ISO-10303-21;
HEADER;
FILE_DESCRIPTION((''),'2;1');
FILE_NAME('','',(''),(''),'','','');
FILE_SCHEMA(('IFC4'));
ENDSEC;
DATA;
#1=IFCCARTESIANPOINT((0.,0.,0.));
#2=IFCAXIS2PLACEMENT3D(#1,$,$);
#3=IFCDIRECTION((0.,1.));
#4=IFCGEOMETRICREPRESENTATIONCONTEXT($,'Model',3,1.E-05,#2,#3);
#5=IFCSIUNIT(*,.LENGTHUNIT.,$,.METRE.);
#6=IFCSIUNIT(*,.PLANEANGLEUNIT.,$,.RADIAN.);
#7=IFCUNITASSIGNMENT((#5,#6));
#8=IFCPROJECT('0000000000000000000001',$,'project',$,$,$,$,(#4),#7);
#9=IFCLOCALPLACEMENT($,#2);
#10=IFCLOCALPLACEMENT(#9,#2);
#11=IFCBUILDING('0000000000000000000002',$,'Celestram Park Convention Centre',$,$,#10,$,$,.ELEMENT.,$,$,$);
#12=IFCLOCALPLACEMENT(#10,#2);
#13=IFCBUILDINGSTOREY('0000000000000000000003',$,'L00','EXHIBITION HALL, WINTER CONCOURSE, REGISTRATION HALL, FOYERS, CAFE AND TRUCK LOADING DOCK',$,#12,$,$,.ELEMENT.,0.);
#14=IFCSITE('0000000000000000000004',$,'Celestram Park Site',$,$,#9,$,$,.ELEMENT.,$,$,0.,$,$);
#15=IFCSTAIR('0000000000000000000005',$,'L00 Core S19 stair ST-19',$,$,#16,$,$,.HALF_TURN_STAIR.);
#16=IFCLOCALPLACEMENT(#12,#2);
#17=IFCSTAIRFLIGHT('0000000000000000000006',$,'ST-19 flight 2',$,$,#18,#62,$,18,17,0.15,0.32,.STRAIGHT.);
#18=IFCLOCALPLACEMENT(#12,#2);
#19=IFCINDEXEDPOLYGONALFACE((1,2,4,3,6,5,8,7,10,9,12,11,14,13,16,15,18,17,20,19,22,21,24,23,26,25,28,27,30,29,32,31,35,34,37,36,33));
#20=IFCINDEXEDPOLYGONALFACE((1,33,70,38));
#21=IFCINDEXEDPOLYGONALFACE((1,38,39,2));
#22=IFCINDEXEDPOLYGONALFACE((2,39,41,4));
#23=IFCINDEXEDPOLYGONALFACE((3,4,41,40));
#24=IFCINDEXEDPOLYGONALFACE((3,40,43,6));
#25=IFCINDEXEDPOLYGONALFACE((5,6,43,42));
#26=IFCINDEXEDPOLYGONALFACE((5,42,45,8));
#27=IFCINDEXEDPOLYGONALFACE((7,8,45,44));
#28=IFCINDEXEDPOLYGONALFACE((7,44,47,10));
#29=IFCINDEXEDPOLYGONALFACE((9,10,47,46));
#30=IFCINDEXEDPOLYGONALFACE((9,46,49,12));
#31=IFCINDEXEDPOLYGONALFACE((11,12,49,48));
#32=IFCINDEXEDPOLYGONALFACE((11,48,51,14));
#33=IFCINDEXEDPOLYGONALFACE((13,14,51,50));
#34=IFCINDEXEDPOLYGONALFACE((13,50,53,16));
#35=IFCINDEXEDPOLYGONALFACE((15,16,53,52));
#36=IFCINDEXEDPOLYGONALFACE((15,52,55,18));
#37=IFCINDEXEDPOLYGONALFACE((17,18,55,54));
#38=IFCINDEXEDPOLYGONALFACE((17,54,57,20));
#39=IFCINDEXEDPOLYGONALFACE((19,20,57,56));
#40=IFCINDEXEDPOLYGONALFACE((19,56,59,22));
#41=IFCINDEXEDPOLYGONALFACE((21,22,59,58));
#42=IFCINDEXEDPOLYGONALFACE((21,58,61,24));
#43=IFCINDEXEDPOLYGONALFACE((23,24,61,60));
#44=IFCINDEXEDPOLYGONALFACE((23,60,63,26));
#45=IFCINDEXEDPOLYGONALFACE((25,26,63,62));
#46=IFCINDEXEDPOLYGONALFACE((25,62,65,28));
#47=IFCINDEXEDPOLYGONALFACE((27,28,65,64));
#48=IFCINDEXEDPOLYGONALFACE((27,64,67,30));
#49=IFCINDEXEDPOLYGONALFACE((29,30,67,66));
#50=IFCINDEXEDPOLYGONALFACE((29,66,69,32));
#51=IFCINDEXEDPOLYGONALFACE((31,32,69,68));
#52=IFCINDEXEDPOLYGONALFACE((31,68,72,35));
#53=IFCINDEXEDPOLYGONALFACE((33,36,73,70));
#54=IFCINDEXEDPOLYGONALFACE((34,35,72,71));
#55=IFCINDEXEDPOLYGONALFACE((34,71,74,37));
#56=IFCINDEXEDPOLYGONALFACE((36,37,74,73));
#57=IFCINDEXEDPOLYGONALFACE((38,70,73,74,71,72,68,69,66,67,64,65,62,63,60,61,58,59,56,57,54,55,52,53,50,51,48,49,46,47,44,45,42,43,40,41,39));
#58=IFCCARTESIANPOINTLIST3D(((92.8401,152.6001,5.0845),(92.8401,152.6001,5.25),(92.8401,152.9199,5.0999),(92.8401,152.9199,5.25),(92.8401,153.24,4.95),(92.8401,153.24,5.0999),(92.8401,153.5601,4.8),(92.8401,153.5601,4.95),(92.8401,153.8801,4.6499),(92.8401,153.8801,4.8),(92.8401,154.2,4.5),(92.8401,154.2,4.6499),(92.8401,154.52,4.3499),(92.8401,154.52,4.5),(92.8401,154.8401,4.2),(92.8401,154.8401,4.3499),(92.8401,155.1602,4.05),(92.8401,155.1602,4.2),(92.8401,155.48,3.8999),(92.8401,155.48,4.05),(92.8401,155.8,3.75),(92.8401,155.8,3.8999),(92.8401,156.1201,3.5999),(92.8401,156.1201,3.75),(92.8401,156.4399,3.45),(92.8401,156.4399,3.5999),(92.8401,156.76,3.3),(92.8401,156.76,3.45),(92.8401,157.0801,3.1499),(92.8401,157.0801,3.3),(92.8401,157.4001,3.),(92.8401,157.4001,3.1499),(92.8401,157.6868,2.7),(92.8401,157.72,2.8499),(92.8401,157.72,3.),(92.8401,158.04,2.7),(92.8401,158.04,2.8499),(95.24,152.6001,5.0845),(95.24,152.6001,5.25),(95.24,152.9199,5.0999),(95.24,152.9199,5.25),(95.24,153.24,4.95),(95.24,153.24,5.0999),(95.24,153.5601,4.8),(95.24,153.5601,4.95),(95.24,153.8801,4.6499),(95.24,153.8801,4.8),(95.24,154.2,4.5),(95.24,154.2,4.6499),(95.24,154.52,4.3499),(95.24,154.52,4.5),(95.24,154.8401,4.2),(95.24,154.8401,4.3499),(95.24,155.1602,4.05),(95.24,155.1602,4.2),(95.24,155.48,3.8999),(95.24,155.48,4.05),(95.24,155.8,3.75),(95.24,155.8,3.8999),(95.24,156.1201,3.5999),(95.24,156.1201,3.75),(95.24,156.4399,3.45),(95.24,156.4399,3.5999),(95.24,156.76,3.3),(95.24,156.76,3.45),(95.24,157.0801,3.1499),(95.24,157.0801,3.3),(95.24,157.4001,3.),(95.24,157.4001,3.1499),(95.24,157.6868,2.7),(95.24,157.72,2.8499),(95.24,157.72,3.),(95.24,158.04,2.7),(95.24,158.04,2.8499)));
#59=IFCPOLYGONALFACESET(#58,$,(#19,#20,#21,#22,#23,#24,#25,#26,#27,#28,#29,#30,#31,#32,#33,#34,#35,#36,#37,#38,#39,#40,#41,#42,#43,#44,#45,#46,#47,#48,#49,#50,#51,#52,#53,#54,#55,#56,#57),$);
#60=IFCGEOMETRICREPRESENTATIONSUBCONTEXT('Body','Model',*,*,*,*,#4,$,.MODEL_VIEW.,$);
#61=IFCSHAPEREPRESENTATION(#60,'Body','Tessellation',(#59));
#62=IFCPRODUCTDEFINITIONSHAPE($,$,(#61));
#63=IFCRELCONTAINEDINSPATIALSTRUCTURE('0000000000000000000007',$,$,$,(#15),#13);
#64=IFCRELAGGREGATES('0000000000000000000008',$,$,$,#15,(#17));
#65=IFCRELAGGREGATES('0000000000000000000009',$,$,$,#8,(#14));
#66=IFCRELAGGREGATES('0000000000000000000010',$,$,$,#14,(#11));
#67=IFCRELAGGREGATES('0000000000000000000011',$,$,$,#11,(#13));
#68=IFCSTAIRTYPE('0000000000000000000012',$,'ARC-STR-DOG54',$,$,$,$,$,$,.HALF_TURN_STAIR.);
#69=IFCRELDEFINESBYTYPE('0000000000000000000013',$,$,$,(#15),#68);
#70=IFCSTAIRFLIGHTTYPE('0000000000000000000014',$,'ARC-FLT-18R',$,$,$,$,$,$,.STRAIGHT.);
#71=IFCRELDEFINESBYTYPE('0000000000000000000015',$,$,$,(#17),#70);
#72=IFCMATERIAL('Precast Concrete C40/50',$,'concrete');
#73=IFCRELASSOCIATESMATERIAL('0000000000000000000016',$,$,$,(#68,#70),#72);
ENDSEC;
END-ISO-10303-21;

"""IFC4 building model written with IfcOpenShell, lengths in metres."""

from ifc_helpers import new_model, si_unit, direction, frame, origin, place, context, subcontext, project, spatial, polyline, outline, extrude, material, type_object, element, aggregate, save


model = new_model("IFC4")

# Units and contexts
model_context = context("Model", 3, precision=1e-05, world=origin(), true_north=direction((0.0, 1.0)))
body_context = subcontext(model_context, "Body", "Model", "MODEL_VIEW")
ifc_project = project(units=[si_unit("LENGTHUNIT", "METRE"), si_unit("PLANEANGLEUNIT", "RADIAN")], contexts=[model_context])

# Site, building, storey
site_placement = place(None, origin())
site = spatial("IfcSite", under=ifc_project, at=site_placement, Name="Celestram Park Site", CompositionType="ELEMENT", RefElevation=0.0)
building_placement = place(site_placement, origin())
building = spatial("IfcBuilding", under=site, at=building_placement, Name="Celestram Park Convention Centre", CompositionType="ELEMENT")
storey_placement = place(building_placement, origin())
storey = spatial("IfcBuildingStorey", under=building, at=storey_placement, Name="L00", Description="EXHIBITION HALL, WINTER CONCOURSE, REGISTRATION HALL, FOYERS, CAFE AND TRUCK LOADING DOCK", CompositionType="ELEMENT", Elevation=0.0)

# Shared definitions
ifc_material_1 = material(Name="Precast Concrete C40/50", Category="concrete")

# Stair, stair flight
stair_type = type_object("IfcStairType", Name="ARC-STR-DOG54", PredefinedType="HALF_TURN_STAIR", material=ifc_material_1)
stair_placement = place(storey_placement, origin())
stair = element("IfcStair", 1, at=stair_placement, inside=storey, type_object=stair_type, Name="L00 Core S19 stair ST-19", PredefinedType="HALF_TURN_STAIR")
stair_flight_type = type_object("IfcStairFlightType", Name="ARC-FLT-18R", PredefinedType="STRAIGHT", material=ifc_material_1)
stair_flight_1_placement = place(storey_placement, frame((94.04, 158.04, 2.7), z_axis=(0.0, 0.0, 1.0), x_axis=(0.0, -1.0, 0.0)))
stair_flight_1 = element("IfcStairFlight", 2, at=stair_flight_1_placement, type_object=stair_flight_type, Name="ST-19 flight 2", NumberOfRisers=18, NumberOfTreads=17, PredefinedType="STRAIGHT", RiserHeight=0.15, TreadLength=0.32, context=body_context, shape_type="SweptSolid", body=[
    extrude(outline(polyline([(0.0, 0.0), (0.0, 0.1499), (0.3201, 0.1499), (0.3201, 0.3), (0.6399, 0.3), (0.6399, 0.45), (0.96, 0.45), (0.96, 0.6001), (1.28, 0.6001), (1.28, 0.75), (1.6001, 0.75), (1.6001, 0.8999), (1.9199, 0.8999), (1.9199, 1.05), (2.24, 1.05), (2.24, 1.2), (2.5601, 1.2), (2.5601, 1.3501), (2.8799, 1.3501), (2.8799, 1.5), (3.2, 1.5), (3.2, 1.6499), (3.52, 1.6499), (3.52, 1.8), (3.8401, 1.8), (3.8401, 1.95), (4.1599, 1.95), (4.1599, 2.1001), (4.48, 2.1001), (4.48, 2.25), (4.8, 2.25), (4.8, 2.3999), (5.1201, 2.3999), (5.1201, 2.55), (5.4399, 2.55), (5.4399, 2.7), (5.4399, 2.3845), (0.3533, 0.0), (0.0, 0.0)])), frame((0.0, 1.2, 0.0), z_axis=(0.0, -1.0, 0.0), x_axis=(1.0, 0.0, 0.0)), (0.0, 0.0, 1.0), 2.3999),
])
aggregate(stair, [stair_flight_1])

save(model, "model.ifc")
